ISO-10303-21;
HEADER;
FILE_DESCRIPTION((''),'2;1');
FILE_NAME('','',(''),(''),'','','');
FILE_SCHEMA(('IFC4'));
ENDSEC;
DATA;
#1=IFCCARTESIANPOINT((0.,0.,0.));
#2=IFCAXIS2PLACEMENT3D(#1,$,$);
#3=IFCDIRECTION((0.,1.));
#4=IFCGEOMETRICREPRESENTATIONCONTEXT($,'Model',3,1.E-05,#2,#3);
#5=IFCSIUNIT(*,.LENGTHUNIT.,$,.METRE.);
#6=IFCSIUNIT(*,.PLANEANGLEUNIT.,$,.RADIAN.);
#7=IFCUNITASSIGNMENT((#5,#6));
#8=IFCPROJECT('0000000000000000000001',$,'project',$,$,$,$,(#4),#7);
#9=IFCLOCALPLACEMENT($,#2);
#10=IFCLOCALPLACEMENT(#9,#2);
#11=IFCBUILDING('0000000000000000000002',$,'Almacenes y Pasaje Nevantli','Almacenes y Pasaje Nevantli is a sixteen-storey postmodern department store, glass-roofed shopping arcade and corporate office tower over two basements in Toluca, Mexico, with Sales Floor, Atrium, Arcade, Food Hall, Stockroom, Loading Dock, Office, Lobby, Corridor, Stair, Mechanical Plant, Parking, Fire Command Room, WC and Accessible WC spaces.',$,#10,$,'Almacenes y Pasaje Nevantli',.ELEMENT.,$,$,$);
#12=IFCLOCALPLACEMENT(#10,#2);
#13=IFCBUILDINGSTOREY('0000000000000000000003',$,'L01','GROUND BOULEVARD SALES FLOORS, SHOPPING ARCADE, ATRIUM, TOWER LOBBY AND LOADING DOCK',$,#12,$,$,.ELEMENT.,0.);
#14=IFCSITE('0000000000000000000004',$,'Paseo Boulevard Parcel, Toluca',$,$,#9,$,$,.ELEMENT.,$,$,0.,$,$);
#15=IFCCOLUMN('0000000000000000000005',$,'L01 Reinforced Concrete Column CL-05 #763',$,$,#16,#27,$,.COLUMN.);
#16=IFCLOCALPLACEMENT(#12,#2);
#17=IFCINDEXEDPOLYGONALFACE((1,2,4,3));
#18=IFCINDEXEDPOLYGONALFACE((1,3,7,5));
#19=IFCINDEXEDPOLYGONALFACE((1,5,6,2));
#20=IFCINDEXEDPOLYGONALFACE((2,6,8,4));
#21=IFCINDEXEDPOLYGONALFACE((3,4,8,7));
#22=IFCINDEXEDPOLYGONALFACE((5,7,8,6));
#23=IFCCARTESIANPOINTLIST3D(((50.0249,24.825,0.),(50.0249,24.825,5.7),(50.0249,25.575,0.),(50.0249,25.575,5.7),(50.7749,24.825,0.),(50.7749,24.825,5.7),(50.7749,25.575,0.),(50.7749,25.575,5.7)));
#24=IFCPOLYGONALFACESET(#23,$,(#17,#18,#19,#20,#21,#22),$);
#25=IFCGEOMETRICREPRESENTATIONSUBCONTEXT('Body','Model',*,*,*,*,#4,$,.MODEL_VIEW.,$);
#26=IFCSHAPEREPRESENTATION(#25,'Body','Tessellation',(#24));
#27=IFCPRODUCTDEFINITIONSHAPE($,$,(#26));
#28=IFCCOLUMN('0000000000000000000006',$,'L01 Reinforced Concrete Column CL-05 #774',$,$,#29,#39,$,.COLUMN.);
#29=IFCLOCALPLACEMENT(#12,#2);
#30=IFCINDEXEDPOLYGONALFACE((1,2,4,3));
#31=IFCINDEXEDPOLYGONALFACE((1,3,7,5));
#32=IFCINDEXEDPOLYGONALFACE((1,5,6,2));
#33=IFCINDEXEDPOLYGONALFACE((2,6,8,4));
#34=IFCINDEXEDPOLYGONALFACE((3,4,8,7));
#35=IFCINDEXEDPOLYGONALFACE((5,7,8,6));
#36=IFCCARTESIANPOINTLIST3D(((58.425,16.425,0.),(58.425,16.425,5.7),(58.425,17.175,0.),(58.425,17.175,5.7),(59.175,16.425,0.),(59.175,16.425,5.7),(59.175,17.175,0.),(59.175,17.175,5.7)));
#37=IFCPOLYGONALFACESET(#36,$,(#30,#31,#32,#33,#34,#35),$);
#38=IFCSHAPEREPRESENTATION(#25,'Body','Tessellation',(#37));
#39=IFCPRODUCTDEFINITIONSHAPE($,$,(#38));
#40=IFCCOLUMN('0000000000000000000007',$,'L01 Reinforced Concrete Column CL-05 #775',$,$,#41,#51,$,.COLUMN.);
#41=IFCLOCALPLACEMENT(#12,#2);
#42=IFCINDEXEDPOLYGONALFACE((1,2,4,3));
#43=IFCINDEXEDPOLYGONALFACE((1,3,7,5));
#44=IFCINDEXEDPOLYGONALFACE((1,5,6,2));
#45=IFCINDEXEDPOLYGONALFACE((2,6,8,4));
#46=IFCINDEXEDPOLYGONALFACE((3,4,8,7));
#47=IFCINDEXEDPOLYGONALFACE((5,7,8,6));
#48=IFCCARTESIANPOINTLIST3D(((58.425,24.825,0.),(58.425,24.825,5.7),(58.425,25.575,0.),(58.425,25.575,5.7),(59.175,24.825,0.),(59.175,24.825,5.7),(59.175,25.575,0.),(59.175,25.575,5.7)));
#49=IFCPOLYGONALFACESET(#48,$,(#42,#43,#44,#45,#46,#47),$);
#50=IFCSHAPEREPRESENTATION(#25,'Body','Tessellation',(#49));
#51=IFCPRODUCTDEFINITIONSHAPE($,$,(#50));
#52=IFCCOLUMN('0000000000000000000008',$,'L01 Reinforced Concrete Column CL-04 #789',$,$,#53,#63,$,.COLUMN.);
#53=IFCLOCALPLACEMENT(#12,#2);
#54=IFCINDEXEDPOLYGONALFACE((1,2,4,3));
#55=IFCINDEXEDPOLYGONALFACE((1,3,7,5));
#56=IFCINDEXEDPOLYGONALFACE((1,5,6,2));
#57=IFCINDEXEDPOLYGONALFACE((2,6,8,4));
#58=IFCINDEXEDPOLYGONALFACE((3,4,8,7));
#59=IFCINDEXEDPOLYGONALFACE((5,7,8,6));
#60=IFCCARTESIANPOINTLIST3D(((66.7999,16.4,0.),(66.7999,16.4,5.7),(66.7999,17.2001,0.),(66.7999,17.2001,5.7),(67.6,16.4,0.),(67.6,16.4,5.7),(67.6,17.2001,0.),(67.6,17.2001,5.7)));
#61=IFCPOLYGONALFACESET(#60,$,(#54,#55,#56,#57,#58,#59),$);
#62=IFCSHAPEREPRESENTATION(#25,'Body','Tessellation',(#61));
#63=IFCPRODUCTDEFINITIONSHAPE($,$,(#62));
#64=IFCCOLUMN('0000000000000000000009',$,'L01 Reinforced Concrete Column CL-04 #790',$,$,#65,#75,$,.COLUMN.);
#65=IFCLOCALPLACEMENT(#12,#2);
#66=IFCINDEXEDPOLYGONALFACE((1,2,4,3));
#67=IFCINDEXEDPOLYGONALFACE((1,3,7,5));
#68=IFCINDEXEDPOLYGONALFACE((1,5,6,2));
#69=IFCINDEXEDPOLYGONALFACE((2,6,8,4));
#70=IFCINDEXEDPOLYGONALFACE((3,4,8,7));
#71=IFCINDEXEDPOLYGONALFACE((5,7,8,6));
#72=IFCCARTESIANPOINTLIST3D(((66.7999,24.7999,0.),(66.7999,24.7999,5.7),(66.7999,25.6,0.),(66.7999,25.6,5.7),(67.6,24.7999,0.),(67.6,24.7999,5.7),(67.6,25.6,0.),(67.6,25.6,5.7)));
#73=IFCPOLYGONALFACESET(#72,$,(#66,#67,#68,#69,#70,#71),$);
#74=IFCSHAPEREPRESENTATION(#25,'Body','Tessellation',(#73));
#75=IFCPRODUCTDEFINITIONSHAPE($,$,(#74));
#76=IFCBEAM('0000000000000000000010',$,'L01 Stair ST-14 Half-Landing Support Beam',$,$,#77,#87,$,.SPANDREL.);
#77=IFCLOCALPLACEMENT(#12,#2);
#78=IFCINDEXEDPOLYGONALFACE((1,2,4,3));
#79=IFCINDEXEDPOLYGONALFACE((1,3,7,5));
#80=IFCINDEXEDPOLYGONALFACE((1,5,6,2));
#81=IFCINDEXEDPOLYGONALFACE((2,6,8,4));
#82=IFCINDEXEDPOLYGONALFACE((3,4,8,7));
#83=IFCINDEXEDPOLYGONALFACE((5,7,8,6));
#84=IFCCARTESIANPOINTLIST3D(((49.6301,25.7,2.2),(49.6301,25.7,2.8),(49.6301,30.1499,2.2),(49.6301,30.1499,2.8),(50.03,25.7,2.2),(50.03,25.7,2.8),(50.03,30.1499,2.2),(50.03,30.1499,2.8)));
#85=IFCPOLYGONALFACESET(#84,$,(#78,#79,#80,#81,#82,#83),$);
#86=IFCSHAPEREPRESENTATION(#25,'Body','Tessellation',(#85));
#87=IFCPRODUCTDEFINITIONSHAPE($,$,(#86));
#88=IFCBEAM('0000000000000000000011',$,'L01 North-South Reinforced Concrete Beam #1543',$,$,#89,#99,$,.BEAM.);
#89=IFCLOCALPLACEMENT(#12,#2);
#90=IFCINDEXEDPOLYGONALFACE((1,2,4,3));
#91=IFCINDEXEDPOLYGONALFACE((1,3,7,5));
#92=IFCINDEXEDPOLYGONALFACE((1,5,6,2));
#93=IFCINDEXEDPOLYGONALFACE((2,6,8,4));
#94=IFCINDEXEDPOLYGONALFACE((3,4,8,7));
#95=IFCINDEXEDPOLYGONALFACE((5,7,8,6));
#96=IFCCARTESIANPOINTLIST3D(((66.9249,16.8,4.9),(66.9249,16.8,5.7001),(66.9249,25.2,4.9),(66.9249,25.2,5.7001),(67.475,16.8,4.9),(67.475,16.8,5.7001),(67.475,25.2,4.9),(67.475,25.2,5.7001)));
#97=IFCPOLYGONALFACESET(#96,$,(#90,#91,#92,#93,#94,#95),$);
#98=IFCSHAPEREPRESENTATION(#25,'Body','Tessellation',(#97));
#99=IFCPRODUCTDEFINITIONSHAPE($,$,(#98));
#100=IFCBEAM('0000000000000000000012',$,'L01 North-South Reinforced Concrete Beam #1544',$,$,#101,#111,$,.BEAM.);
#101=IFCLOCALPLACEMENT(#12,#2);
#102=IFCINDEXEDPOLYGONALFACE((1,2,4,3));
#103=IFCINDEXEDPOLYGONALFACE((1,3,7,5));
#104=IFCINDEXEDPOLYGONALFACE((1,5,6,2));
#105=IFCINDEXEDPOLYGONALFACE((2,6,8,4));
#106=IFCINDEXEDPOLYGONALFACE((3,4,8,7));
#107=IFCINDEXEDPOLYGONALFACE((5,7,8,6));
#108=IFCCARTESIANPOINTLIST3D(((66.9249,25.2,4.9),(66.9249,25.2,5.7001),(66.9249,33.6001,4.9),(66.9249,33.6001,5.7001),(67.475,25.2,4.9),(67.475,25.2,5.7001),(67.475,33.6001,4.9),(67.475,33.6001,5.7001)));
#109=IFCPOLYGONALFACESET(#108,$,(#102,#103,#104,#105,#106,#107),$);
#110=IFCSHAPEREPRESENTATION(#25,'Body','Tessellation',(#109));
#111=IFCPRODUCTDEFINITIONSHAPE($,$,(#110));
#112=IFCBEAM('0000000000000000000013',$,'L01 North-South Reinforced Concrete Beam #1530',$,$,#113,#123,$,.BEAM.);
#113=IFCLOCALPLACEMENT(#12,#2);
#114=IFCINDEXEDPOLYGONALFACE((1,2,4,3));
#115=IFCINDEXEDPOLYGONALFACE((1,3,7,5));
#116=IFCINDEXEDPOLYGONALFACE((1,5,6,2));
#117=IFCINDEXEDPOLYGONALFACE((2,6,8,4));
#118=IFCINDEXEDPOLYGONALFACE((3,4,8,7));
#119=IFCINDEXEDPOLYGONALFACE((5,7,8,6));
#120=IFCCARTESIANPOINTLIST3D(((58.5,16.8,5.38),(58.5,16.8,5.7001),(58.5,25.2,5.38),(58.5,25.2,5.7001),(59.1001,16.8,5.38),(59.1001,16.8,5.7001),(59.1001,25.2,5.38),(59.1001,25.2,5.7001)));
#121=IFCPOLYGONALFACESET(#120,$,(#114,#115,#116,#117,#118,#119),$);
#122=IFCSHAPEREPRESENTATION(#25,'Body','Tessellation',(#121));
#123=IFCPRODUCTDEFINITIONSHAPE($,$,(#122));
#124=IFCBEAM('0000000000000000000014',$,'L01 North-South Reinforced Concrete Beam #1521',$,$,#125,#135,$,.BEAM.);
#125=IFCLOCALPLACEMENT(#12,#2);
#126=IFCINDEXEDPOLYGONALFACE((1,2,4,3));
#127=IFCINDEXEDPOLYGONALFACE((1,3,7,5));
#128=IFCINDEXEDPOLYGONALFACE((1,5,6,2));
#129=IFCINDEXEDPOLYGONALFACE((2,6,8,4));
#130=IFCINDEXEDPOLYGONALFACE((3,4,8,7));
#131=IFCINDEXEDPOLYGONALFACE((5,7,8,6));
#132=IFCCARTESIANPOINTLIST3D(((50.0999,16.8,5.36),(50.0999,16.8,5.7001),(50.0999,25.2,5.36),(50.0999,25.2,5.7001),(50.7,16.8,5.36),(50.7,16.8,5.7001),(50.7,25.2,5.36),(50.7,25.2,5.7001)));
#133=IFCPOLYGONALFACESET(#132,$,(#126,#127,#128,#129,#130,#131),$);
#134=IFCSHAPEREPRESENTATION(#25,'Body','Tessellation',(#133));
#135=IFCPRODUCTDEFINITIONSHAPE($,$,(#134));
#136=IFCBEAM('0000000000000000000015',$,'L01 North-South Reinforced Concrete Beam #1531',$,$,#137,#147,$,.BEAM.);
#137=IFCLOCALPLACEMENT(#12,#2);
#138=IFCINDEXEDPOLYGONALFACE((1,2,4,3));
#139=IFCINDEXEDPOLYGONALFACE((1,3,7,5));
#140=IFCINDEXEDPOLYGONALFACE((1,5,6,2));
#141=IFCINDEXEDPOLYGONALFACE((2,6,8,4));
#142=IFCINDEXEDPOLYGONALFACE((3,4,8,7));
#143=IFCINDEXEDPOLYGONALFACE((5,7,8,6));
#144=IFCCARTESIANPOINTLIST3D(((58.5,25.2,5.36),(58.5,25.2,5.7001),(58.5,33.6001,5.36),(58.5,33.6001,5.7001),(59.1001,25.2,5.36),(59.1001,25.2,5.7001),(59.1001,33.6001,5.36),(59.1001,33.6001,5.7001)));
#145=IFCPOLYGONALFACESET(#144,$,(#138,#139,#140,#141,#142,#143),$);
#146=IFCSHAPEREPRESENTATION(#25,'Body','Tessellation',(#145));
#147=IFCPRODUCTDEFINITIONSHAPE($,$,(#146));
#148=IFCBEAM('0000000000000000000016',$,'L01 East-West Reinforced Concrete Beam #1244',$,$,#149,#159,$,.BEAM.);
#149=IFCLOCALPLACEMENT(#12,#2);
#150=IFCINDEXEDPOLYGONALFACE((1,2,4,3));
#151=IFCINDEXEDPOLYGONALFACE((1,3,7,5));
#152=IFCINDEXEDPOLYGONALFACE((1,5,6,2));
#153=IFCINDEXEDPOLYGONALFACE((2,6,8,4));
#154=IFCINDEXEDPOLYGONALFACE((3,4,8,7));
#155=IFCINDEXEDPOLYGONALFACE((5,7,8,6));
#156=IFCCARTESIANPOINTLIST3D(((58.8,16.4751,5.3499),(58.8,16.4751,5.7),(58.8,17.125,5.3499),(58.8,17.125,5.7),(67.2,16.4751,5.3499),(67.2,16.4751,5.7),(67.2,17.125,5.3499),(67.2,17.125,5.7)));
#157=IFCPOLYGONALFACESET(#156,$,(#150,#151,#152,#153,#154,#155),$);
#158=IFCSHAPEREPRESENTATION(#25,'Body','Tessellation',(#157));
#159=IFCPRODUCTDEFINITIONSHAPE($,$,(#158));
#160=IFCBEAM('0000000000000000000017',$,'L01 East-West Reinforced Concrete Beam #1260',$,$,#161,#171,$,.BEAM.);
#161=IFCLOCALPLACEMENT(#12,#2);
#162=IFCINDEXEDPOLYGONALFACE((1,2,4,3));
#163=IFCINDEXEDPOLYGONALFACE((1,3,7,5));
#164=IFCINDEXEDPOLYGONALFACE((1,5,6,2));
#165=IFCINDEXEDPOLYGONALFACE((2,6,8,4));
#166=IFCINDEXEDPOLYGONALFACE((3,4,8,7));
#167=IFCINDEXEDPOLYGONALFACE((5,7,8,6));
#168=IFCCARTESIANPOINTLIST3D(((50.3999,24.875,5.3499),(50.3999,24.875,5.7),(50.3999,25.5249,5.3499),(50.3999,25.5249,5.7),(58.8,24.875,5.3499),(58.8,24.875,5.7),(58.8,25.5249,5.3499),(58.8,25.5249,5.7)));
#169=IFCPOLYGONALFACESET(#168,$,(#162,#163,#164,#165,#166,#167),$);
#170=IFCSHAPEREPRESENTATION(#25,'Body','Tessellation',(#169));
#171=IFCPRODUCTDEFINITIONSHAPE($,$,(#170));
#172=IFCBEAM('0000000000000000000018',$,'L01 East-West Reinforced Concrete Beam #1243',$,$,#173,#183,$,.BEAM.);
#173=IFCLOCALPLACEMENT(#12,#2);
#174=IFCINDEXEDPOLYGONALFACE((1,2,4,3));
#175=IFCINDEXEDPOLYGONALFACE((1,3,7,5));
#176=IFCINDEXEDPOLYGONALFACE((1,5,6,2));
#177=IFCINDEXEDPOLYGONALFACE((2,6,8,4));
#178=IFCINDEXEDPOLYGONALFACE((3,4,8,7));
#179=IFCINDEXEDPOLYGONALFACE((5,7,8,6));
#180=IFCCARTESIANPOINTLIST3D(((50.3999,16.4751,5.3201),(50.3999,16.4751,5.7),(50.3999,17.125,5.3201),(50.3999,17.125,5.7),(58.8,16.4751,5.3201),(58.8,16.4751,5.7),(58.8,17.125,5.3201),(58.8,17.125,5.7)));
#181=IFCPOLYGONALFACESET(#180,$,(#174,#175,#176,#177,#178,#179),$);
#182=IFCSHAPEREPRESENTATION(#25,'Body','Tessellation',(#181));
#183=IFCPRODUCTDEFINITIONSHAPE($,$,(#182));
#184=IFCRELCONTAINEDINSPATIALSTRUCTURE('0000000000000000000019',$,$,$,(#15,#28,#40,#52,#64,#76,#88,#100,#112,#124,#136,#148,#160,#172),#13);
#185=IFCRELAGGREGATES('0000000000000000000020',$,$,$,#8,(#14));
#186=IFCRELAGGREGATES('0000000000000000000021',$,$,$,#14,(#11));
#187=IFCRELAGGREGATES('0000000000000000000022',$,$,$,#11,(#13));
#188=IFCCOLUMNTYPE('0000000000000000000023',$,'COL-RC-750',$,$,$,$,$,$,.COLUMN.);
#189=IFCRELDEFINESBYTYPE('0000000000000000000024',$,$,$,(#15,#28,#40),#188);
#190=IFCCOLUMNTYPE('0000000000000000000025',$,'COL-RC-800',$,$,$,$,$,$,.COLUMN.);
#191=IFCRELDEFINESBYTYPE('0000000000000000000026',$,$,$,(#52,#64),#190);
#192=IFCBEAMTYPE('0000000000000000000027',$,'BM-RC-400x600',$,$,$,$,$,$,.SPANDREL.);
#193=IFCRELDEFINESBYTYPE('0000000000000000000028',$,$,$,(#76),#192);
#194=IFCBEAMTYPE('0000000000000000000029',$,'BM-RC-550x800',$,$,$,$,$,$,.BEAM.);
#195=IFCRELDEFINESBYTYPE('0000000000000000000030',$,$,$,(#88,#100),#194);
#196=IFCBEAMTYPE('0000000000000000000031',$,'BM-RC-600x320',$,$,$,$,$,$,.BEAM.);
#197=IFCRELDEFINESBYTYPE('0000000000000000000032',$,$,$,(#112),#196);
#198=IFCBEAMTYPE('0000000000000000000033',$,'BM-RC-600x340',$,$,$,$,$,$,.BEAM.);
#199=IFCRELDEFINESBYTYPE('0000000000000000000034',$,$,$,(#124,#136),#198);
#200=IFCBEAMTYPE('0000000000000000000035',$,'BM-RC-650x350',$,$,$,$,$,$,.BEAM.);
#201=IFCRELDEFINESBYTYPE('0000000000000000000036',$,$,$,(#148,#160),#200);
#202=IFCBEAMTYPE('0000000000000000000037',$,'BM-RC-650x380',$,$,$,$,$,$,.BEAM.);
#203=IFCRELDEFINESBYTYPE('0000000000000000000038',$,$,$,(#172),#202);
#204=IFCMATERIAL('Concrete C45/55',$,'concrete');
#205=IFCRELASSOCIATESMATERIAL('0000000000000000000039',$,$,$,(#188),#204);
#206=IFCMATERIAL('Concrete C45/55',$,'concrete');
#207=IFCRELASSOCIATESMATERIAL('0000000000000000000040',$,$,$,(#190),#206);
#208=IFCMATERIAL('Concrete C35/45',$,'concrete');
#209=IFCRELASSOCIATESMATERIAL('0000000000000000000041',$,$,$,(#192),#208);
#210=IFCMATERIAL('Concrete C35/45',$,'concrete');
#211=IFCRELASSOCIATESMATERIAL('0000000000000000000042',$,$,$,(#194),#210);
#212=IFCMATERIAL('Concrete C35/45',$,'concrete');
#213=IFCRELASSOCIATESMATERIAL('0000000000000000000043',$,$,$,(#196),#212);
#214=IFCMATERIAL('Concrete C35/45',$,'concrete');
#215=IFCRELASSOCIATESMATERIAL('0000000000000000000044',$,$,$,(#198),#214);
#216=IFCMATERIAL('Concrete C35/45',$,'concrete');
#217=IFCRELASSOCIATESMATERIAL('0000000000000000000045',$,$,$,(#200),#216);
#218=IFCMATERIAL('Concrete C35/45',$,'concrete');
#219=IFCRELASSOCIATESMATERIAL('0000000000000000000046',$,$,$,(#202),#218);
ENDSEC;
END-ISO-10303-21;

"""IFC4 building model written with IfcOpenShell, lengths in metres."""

from ifc_helpers import new_model, si_unit, direction, frame, origin, origin_2d, place, context, subcontext, project, spatial, rectangle, extrude, material, material_profile, profile_set, type_object, element, save


model = new_model("IFC4")

# Units and contexts
model_context = context("Model", 3, precision=1e-05, world=origin(), true_north=direction((0.0, 1.0)))
body_context = subcontext(model_context, "Body", "Model", "MODEL_VIEW")
ifc_project = project(units=[si_unit("LENGTHUNIT", "METRE"), si_unit("PLANEANGLEUNIT", "RADIAN")], contexts=[model_context])

# Site, building, storey
site_placement = place(None, origin())
site = spatial("IfcSite", under=ifc_project, at=site_placement, Name="Paseo Boulevard Parcel, Toluca", CompositionType="ELEMENT", RefElevation=0.0)
building_placement = place(site_placement, origin())
building = spatial("IfcBuilding", under=site, at=building_placement, Name="Almacenes y Pasaje Nevantli", Description="Almacenes y Pasaje Nevantli is a sixteen-storey postmodern department store, glass-roofed shopping arcade and corporate office tower over two basements in Toluca, Mexico, with Sales Floor, Atrium, Arcade, Food Hall, Stockroom, Loading Dock, Office, Lobby, Corridor, Stair, Mechanical Plant, Parking, Fire Command Room, WC and Accessible WC spaces.", LongName="Almacenes y Pasaje Nevantli", CompositionType="ELEMENT")
storey_placement = place(building_placement, origin())
storey = spatial("IfcBuildingStorey", under=building, at=storey_placement, Name="L01", Description="GROUND BOULEVARD SALES FLOORS, SHOPPING ARCADE, ATRIUM, TOWER LOBBY AND LOADING DOCK", CompositionType="ELEMENT", Elevation=0.0)

# Columns
ifc_material_1 = material(Name="Concrete C45/55", Category="concrete")
ifc_material_profile_1 = material_profile(ifc_material_1, rectangle(XDim=0.75, YDim=0.75, at=origin_2d()), Name="RC-COL-750x750")
ifc_profile_set_1 = profile_set([ifc_material_profile_1], Name="Concrete C45/55")
column_type_1 = type_object("IfcColumnType", Name="COL-RC-750", PredefinedType="COLUMN", material=ifc_profile_set_1)
for number, where, z_axis, x_axis, name in (
    (1, (50.3999, 25.2, 0.0), (0.0, 0.0, 1.0), (1.0, 0.0, 0.0), "L01 Reinforced Concrete Column CL-05 #763"),
    (2, (58.8, 16.8, 0.0), (0.0, 0.0, 1.0), (1.0, 0.0, 0.0), "L01 Reinforced Concrete Column CL-05 #774"),
    (3, (58.8, 25.2, 0.0), (0.0, 0.0, 1.0), (1.0, 0.0, 0.0), "L01 Reinforced Concrete Column CL-05 #775"),
):
    element("IfcColumn", number, at=place(storey_placement, frame(where, z_axis=z_axis, x_axis=x_axis)), inside=storey, type_object=column_type_1, Name=name, PredefinedType="COLUMN", context=body_context, shape_type="SweptSolid", body=[
        extrude(rectangle(XDim=0.75, YDim=0.75, at=origin_2d()), origin(), (0.0, 0.0, 1.0), 5.7),
    ])
ifc_material_2 = material(Name="Concrete C45/55", Category="concrete")
ifc_material_profile_2 = material_profile(ifc_material_2, rectangle(XDim=0.8, YDim=0.8, at=origin_2d()), Name="RC-COL-800x800")
ifc_profile_set_2 = profile_set([ifc_material_profile_2], Name="Concrete C45/55")
column_type_2 = type_object("IfcColumnType", Name="COL-RC-800", PredefinedType="COLUMN", material=ifc_profile_set_2)
for number, where, z_axis, x_axis, name in (
    (4, (67.2, 16.8, 0.0), (0.0, 0.0, 1.0), (1.0, 0.0, 0.0), "L01 Reinforced Concrete Column CL-04 #789"),
    (5, (67.2, 25.2, 0.0), (0.0, 0.0, 1.0), (1.0, 0.0, 0.0), "L01 Reinforced Concrete Column CL-04 #790"),
):
    element("IfcColumn", number, at=place(storey_placement, frame(where, z_axis=z_axis, x_axis=x_axis)), inside=storey, type_object=column_type_2, Name=name, PredefinedType="COLUMN", context=body_context, shape_type="SweptSolid", body=[
        extrude(rectangle(XDim=0.8, YDim=0.8, at=origin_2d()), origin(), (0.0, 0.0, 1.0), 5.7),
    ])

# Beams
ifc_material_3 = material(Name="Concrete C35/45", Category="concrete")
ifc_material_profile_3 = material_profile(ifc_material_3, rectangle(XDim=0.3999, YDim=0.6001, at=origin_2d()), Name="RC-BM-400x600")
ifc_profile_set_3 = profile_set([ifc_material_profile_3], Name="Concrete C35/45")
beam_type_1 = type_object("IfcBeamType", Name="BM-RC-400x600", PredefinedType="SPANDREL", material=ifc_profile_set_3)
beam_1_placement = place(storey_placement, frame((49.8301, 25.7, 2.5), z_axis=(0.0, 1.0, 0.0), x_axis=(-1.0, 0.0, 0.0)))
element("IfcBeam", 6, at=beam_1_placement, inside=storey, type_object=beam_type_1, Name="L01 Stair ST-14 Half-Landing Support Beam", PredefinedType="SPANDREL", context=body_context, shape_type="SweptSolid", body=[
    extrude(rectangle(XDim=0.3999, YDim=0.6001, at=origin_2d()), origin(), (0.0, 0.0, 1.0), 4.45),
])
ifc_material_4 = material(Name="Concrete C35/45", Category="concrete")
ifc_material_profile_4 = material_profile(ifc_material_4, rectangle(XDim=0.55, YDim=0.8, at=origin_2d()), Name="RC-BM-550x800")
ifc_profile_set_4 = profile_set([ifc_material_profile_4], Name="Concrete C35/45")
beam_type_2 = type_object("IfcBeamType", Name="BM-RC-550x800", PredefinedType="BEAM", material=ifc_profile_set_4)
beam_2_placement = place(storey_placement, frame((67.2, 16.8, 5.3), z_axis=(0.0, 1.0, 0.0), x_axis=(-1.0, 0.0, 0.0)))
element("IfcBeam", 7, at=beam_2_placement, inside=storey, type_object=beam_type_2, Name="L01 North-South Reinforced Concrete Beam #1543", PredefinedType="BEAM", context=body_context, shape_type="SweptSolid", body=[
    extrude(rectangle(XDim=0.55, YDim=0.8, at=origin_2d()), origin(), (0.0, 0.0, 1.0), 8.3999),
])
beam_3_placement = place(storey_placement, frame((67.2, 25.2, 5.3), z_axis=(0.0, 1.0, 0.0), x_axis=(-1.0, 0.0, 0.0)))
element("IfcBeam", 8, at=beam_3_placement, inside=storey, type_object=beam_type_2, Name="L01 North-South Reinforced Concrete Beam #1544", PredefinedType="BEAM", context=body_context, shape_type="SweptSolid", body=[
    extrude(rectangle(XDim=0.55, YDim=0.8, at=origin_2d()), origin(), (0.0, 0.0, 1.0), 8.4001),
])
ifc_material_5 = material(Name="Concrete C35/45", Category="concrete")
ifc_material_profile_5 = material_profile(ifc_material_5, rectangle(XDim=0.6001, YDim=0.3201, at=origin_2d()), Name="RC-BM-600x320")
ifc_profile_set_5 = profile_set([ifc_material_profile_5], Name="Concrete C35/45")
beam_type_3 = type_object("IfcBeamType", Name="BM-RC-600x320", PredefinedType="BEAM", material=ifc_profile_set_5)
beam_4_placement = place(storey_placement, frame((58.8, 16.8, 5.54), z_axis=(0.0, 1.0, 0.0), x_axis=(-1.0, 0.0, 0.0)))
element("IfcBeam", 9, at=beam_4_placement, inside=storey, type_object=beam_type_3, Name="L01 North-South Reinforced Concrete Beam #1530", PredefinedType="BEAM", context=body_context, shape_type="SweptSolid", body=[
    extrude(rectangle(XDim=0.6001, YDim=0.3201, at=origin_2d()), origin(), (0.0, 0.0, 1.0), 8.3999),
])
ifc_material_6 = material(Name="Concrete C35/45", Category="concrete")
ifc_material_profile_6 = material_profile(ifc_material_6, rectangle(XDim=0.6001, YDim=0.3401, at=origin_2d()), Name="RC-BM-600x340")
ifc_profile_set_6 = profile_set([ifc_material_profile_6], Name="Concrete C35/45")
beam_type_4 = type_object("IfcBeamType", Name="BM-RC-600x340", PredefinedType="BEAM", material=ifc_profile_set_6)
beam_5_placement = place(storey_placement, frame((50.3999, 16.8, 5.53), z_axis=(0.0, 1.0, 0.0), x_axis=(-1.0, 0.0, 0.0)))
element("IfcBeam", 10, at=beam_5_placement, inside=storey, type_object=beam_type_4, Name="L01 North-South Reinforced Concrete Beam #1521", PredefinedType="BEAM", context=body_context, shape_type="SweptSolid", body=[
    extrude(rectangle(XDim=0.6001, YDim=0.3401, at=origin_2d()), origin(), (0.0, 0.0, 1.0), 8.3999),
])
beam_6_placement = place(storey_placement, frame((58.8, 25.2, 5.53), z_axis=(0.0, 1.0, 0.0), x_axis=(-1.0, 0.0, 0.0)))
element("IfcBeam", 11, at=beam_6_placement, inside=storey, type_object=beam_type_4, Name="L01 North-South Reinforced Concrete Beam #1531", PredefinedType="BEAM", context=body_context, shape_type="SweptSolid", body=[
    extrude(rectangle(XDim=0.6001, YDim=0.3401, at=origin_2d()), origin(), (0.0, 0.0, 1.0), 8.4001),
])
ifc_material_7 = material(Name="Concrete C35/45", Category="concrete")
ifc_material_profile_7 = material_profile(ifc_material_7, rectangle(XDim=0.6499, YDim=0.3501, at=origin_2d()), Name="RC-BM-650x350")
ifc_profile_set_7 = profile_set([ifc_material_profile_7], Name="Concrete C35/45")
beam_type_5 = type_object("IfcBeamType", Name="BM-RC-650x350", PredefinedType="BEAM", material=ifc_profile_set_7)
beam_7_placement = place(storey_placement, frame((58.8, 16.8, 5.5249), z_axis=(1.0, 0.0, 0.0), x_axis=(0.0, 1.0, 0.0)))
element("IfcBeam", 12, at=beam_7_placement, inside=storey, type_object=beam_type_5, Name="L01 East-West Reinforced Concrete Beam #1244", PredefinedType="BEAM", context=body_context, shape_type="SweptSolid", body=[
    extrude(rectangle(XDim=0.6499, YDim=0.3501, at=origin_2d()), origin(), (0.0, 0.0, 1.0), 8.3999),
])
beam_8_placement = place(storey_placement, frame((50.3999, 25.2, 5.5249), z_axis=(1.0, 0.0, 0.0), x_axis=(0.0, 1.0, 0.0)))
element("IfcBeam", 13, at=beam_8_placement, inside=storey, type_object=beam_type_5, Name="L01 East-West Reinforced Concrete Beam #1260", PredefinedType="BEAM", context=body_context, shape_type="SweptSolid", body=[
    extrude(rectangle(XDim=0.6499, YDim=0.3501, at=origin_2d()), origin(), (0.0, 0.0, 1.0), 8.4001),
])
ifc_material_8 = material(Name="Concrete C35/45", Category="concrete")
ifc_material_profile_8 = material_profile(ifc_material_8, rectangle(XDim=0.6499, YDim=0.3799, at=origin_2d()), Name="RC-BM-650x380")
ifc_profile_set_8 = profile_set([ifc_material_profile_8], Name="Concrete C35/45")
beam_type_6 = type_object("IfcBeamType", Name="BM-RC-650x380", PredefinedType="BEAM", material=ifc_profile_set_8)
beam_9_placement = place(storey_placement, frame((50.3999, 16.8, 5.51), z_axis=(1.0, 0.0, 0.0), x_axis=(0.0, 1.0, 0.0)))
element("IfcBeam", 14, at=beam_9_placement, inside=storey, type_object=beam_type_6, Name="L01 East-West Reinforced Concrete Beam #1243", PredefinedType="BEAM", context=body_context, shape_type="SweptSolid", body=[
    extrude(rectangle(XDim=0.6499, YDim=0.3799, at=origin_2d()), origin(), (0.0, 0.0, 1.0), 8.4001),
])

save(model, "model.ifc")
